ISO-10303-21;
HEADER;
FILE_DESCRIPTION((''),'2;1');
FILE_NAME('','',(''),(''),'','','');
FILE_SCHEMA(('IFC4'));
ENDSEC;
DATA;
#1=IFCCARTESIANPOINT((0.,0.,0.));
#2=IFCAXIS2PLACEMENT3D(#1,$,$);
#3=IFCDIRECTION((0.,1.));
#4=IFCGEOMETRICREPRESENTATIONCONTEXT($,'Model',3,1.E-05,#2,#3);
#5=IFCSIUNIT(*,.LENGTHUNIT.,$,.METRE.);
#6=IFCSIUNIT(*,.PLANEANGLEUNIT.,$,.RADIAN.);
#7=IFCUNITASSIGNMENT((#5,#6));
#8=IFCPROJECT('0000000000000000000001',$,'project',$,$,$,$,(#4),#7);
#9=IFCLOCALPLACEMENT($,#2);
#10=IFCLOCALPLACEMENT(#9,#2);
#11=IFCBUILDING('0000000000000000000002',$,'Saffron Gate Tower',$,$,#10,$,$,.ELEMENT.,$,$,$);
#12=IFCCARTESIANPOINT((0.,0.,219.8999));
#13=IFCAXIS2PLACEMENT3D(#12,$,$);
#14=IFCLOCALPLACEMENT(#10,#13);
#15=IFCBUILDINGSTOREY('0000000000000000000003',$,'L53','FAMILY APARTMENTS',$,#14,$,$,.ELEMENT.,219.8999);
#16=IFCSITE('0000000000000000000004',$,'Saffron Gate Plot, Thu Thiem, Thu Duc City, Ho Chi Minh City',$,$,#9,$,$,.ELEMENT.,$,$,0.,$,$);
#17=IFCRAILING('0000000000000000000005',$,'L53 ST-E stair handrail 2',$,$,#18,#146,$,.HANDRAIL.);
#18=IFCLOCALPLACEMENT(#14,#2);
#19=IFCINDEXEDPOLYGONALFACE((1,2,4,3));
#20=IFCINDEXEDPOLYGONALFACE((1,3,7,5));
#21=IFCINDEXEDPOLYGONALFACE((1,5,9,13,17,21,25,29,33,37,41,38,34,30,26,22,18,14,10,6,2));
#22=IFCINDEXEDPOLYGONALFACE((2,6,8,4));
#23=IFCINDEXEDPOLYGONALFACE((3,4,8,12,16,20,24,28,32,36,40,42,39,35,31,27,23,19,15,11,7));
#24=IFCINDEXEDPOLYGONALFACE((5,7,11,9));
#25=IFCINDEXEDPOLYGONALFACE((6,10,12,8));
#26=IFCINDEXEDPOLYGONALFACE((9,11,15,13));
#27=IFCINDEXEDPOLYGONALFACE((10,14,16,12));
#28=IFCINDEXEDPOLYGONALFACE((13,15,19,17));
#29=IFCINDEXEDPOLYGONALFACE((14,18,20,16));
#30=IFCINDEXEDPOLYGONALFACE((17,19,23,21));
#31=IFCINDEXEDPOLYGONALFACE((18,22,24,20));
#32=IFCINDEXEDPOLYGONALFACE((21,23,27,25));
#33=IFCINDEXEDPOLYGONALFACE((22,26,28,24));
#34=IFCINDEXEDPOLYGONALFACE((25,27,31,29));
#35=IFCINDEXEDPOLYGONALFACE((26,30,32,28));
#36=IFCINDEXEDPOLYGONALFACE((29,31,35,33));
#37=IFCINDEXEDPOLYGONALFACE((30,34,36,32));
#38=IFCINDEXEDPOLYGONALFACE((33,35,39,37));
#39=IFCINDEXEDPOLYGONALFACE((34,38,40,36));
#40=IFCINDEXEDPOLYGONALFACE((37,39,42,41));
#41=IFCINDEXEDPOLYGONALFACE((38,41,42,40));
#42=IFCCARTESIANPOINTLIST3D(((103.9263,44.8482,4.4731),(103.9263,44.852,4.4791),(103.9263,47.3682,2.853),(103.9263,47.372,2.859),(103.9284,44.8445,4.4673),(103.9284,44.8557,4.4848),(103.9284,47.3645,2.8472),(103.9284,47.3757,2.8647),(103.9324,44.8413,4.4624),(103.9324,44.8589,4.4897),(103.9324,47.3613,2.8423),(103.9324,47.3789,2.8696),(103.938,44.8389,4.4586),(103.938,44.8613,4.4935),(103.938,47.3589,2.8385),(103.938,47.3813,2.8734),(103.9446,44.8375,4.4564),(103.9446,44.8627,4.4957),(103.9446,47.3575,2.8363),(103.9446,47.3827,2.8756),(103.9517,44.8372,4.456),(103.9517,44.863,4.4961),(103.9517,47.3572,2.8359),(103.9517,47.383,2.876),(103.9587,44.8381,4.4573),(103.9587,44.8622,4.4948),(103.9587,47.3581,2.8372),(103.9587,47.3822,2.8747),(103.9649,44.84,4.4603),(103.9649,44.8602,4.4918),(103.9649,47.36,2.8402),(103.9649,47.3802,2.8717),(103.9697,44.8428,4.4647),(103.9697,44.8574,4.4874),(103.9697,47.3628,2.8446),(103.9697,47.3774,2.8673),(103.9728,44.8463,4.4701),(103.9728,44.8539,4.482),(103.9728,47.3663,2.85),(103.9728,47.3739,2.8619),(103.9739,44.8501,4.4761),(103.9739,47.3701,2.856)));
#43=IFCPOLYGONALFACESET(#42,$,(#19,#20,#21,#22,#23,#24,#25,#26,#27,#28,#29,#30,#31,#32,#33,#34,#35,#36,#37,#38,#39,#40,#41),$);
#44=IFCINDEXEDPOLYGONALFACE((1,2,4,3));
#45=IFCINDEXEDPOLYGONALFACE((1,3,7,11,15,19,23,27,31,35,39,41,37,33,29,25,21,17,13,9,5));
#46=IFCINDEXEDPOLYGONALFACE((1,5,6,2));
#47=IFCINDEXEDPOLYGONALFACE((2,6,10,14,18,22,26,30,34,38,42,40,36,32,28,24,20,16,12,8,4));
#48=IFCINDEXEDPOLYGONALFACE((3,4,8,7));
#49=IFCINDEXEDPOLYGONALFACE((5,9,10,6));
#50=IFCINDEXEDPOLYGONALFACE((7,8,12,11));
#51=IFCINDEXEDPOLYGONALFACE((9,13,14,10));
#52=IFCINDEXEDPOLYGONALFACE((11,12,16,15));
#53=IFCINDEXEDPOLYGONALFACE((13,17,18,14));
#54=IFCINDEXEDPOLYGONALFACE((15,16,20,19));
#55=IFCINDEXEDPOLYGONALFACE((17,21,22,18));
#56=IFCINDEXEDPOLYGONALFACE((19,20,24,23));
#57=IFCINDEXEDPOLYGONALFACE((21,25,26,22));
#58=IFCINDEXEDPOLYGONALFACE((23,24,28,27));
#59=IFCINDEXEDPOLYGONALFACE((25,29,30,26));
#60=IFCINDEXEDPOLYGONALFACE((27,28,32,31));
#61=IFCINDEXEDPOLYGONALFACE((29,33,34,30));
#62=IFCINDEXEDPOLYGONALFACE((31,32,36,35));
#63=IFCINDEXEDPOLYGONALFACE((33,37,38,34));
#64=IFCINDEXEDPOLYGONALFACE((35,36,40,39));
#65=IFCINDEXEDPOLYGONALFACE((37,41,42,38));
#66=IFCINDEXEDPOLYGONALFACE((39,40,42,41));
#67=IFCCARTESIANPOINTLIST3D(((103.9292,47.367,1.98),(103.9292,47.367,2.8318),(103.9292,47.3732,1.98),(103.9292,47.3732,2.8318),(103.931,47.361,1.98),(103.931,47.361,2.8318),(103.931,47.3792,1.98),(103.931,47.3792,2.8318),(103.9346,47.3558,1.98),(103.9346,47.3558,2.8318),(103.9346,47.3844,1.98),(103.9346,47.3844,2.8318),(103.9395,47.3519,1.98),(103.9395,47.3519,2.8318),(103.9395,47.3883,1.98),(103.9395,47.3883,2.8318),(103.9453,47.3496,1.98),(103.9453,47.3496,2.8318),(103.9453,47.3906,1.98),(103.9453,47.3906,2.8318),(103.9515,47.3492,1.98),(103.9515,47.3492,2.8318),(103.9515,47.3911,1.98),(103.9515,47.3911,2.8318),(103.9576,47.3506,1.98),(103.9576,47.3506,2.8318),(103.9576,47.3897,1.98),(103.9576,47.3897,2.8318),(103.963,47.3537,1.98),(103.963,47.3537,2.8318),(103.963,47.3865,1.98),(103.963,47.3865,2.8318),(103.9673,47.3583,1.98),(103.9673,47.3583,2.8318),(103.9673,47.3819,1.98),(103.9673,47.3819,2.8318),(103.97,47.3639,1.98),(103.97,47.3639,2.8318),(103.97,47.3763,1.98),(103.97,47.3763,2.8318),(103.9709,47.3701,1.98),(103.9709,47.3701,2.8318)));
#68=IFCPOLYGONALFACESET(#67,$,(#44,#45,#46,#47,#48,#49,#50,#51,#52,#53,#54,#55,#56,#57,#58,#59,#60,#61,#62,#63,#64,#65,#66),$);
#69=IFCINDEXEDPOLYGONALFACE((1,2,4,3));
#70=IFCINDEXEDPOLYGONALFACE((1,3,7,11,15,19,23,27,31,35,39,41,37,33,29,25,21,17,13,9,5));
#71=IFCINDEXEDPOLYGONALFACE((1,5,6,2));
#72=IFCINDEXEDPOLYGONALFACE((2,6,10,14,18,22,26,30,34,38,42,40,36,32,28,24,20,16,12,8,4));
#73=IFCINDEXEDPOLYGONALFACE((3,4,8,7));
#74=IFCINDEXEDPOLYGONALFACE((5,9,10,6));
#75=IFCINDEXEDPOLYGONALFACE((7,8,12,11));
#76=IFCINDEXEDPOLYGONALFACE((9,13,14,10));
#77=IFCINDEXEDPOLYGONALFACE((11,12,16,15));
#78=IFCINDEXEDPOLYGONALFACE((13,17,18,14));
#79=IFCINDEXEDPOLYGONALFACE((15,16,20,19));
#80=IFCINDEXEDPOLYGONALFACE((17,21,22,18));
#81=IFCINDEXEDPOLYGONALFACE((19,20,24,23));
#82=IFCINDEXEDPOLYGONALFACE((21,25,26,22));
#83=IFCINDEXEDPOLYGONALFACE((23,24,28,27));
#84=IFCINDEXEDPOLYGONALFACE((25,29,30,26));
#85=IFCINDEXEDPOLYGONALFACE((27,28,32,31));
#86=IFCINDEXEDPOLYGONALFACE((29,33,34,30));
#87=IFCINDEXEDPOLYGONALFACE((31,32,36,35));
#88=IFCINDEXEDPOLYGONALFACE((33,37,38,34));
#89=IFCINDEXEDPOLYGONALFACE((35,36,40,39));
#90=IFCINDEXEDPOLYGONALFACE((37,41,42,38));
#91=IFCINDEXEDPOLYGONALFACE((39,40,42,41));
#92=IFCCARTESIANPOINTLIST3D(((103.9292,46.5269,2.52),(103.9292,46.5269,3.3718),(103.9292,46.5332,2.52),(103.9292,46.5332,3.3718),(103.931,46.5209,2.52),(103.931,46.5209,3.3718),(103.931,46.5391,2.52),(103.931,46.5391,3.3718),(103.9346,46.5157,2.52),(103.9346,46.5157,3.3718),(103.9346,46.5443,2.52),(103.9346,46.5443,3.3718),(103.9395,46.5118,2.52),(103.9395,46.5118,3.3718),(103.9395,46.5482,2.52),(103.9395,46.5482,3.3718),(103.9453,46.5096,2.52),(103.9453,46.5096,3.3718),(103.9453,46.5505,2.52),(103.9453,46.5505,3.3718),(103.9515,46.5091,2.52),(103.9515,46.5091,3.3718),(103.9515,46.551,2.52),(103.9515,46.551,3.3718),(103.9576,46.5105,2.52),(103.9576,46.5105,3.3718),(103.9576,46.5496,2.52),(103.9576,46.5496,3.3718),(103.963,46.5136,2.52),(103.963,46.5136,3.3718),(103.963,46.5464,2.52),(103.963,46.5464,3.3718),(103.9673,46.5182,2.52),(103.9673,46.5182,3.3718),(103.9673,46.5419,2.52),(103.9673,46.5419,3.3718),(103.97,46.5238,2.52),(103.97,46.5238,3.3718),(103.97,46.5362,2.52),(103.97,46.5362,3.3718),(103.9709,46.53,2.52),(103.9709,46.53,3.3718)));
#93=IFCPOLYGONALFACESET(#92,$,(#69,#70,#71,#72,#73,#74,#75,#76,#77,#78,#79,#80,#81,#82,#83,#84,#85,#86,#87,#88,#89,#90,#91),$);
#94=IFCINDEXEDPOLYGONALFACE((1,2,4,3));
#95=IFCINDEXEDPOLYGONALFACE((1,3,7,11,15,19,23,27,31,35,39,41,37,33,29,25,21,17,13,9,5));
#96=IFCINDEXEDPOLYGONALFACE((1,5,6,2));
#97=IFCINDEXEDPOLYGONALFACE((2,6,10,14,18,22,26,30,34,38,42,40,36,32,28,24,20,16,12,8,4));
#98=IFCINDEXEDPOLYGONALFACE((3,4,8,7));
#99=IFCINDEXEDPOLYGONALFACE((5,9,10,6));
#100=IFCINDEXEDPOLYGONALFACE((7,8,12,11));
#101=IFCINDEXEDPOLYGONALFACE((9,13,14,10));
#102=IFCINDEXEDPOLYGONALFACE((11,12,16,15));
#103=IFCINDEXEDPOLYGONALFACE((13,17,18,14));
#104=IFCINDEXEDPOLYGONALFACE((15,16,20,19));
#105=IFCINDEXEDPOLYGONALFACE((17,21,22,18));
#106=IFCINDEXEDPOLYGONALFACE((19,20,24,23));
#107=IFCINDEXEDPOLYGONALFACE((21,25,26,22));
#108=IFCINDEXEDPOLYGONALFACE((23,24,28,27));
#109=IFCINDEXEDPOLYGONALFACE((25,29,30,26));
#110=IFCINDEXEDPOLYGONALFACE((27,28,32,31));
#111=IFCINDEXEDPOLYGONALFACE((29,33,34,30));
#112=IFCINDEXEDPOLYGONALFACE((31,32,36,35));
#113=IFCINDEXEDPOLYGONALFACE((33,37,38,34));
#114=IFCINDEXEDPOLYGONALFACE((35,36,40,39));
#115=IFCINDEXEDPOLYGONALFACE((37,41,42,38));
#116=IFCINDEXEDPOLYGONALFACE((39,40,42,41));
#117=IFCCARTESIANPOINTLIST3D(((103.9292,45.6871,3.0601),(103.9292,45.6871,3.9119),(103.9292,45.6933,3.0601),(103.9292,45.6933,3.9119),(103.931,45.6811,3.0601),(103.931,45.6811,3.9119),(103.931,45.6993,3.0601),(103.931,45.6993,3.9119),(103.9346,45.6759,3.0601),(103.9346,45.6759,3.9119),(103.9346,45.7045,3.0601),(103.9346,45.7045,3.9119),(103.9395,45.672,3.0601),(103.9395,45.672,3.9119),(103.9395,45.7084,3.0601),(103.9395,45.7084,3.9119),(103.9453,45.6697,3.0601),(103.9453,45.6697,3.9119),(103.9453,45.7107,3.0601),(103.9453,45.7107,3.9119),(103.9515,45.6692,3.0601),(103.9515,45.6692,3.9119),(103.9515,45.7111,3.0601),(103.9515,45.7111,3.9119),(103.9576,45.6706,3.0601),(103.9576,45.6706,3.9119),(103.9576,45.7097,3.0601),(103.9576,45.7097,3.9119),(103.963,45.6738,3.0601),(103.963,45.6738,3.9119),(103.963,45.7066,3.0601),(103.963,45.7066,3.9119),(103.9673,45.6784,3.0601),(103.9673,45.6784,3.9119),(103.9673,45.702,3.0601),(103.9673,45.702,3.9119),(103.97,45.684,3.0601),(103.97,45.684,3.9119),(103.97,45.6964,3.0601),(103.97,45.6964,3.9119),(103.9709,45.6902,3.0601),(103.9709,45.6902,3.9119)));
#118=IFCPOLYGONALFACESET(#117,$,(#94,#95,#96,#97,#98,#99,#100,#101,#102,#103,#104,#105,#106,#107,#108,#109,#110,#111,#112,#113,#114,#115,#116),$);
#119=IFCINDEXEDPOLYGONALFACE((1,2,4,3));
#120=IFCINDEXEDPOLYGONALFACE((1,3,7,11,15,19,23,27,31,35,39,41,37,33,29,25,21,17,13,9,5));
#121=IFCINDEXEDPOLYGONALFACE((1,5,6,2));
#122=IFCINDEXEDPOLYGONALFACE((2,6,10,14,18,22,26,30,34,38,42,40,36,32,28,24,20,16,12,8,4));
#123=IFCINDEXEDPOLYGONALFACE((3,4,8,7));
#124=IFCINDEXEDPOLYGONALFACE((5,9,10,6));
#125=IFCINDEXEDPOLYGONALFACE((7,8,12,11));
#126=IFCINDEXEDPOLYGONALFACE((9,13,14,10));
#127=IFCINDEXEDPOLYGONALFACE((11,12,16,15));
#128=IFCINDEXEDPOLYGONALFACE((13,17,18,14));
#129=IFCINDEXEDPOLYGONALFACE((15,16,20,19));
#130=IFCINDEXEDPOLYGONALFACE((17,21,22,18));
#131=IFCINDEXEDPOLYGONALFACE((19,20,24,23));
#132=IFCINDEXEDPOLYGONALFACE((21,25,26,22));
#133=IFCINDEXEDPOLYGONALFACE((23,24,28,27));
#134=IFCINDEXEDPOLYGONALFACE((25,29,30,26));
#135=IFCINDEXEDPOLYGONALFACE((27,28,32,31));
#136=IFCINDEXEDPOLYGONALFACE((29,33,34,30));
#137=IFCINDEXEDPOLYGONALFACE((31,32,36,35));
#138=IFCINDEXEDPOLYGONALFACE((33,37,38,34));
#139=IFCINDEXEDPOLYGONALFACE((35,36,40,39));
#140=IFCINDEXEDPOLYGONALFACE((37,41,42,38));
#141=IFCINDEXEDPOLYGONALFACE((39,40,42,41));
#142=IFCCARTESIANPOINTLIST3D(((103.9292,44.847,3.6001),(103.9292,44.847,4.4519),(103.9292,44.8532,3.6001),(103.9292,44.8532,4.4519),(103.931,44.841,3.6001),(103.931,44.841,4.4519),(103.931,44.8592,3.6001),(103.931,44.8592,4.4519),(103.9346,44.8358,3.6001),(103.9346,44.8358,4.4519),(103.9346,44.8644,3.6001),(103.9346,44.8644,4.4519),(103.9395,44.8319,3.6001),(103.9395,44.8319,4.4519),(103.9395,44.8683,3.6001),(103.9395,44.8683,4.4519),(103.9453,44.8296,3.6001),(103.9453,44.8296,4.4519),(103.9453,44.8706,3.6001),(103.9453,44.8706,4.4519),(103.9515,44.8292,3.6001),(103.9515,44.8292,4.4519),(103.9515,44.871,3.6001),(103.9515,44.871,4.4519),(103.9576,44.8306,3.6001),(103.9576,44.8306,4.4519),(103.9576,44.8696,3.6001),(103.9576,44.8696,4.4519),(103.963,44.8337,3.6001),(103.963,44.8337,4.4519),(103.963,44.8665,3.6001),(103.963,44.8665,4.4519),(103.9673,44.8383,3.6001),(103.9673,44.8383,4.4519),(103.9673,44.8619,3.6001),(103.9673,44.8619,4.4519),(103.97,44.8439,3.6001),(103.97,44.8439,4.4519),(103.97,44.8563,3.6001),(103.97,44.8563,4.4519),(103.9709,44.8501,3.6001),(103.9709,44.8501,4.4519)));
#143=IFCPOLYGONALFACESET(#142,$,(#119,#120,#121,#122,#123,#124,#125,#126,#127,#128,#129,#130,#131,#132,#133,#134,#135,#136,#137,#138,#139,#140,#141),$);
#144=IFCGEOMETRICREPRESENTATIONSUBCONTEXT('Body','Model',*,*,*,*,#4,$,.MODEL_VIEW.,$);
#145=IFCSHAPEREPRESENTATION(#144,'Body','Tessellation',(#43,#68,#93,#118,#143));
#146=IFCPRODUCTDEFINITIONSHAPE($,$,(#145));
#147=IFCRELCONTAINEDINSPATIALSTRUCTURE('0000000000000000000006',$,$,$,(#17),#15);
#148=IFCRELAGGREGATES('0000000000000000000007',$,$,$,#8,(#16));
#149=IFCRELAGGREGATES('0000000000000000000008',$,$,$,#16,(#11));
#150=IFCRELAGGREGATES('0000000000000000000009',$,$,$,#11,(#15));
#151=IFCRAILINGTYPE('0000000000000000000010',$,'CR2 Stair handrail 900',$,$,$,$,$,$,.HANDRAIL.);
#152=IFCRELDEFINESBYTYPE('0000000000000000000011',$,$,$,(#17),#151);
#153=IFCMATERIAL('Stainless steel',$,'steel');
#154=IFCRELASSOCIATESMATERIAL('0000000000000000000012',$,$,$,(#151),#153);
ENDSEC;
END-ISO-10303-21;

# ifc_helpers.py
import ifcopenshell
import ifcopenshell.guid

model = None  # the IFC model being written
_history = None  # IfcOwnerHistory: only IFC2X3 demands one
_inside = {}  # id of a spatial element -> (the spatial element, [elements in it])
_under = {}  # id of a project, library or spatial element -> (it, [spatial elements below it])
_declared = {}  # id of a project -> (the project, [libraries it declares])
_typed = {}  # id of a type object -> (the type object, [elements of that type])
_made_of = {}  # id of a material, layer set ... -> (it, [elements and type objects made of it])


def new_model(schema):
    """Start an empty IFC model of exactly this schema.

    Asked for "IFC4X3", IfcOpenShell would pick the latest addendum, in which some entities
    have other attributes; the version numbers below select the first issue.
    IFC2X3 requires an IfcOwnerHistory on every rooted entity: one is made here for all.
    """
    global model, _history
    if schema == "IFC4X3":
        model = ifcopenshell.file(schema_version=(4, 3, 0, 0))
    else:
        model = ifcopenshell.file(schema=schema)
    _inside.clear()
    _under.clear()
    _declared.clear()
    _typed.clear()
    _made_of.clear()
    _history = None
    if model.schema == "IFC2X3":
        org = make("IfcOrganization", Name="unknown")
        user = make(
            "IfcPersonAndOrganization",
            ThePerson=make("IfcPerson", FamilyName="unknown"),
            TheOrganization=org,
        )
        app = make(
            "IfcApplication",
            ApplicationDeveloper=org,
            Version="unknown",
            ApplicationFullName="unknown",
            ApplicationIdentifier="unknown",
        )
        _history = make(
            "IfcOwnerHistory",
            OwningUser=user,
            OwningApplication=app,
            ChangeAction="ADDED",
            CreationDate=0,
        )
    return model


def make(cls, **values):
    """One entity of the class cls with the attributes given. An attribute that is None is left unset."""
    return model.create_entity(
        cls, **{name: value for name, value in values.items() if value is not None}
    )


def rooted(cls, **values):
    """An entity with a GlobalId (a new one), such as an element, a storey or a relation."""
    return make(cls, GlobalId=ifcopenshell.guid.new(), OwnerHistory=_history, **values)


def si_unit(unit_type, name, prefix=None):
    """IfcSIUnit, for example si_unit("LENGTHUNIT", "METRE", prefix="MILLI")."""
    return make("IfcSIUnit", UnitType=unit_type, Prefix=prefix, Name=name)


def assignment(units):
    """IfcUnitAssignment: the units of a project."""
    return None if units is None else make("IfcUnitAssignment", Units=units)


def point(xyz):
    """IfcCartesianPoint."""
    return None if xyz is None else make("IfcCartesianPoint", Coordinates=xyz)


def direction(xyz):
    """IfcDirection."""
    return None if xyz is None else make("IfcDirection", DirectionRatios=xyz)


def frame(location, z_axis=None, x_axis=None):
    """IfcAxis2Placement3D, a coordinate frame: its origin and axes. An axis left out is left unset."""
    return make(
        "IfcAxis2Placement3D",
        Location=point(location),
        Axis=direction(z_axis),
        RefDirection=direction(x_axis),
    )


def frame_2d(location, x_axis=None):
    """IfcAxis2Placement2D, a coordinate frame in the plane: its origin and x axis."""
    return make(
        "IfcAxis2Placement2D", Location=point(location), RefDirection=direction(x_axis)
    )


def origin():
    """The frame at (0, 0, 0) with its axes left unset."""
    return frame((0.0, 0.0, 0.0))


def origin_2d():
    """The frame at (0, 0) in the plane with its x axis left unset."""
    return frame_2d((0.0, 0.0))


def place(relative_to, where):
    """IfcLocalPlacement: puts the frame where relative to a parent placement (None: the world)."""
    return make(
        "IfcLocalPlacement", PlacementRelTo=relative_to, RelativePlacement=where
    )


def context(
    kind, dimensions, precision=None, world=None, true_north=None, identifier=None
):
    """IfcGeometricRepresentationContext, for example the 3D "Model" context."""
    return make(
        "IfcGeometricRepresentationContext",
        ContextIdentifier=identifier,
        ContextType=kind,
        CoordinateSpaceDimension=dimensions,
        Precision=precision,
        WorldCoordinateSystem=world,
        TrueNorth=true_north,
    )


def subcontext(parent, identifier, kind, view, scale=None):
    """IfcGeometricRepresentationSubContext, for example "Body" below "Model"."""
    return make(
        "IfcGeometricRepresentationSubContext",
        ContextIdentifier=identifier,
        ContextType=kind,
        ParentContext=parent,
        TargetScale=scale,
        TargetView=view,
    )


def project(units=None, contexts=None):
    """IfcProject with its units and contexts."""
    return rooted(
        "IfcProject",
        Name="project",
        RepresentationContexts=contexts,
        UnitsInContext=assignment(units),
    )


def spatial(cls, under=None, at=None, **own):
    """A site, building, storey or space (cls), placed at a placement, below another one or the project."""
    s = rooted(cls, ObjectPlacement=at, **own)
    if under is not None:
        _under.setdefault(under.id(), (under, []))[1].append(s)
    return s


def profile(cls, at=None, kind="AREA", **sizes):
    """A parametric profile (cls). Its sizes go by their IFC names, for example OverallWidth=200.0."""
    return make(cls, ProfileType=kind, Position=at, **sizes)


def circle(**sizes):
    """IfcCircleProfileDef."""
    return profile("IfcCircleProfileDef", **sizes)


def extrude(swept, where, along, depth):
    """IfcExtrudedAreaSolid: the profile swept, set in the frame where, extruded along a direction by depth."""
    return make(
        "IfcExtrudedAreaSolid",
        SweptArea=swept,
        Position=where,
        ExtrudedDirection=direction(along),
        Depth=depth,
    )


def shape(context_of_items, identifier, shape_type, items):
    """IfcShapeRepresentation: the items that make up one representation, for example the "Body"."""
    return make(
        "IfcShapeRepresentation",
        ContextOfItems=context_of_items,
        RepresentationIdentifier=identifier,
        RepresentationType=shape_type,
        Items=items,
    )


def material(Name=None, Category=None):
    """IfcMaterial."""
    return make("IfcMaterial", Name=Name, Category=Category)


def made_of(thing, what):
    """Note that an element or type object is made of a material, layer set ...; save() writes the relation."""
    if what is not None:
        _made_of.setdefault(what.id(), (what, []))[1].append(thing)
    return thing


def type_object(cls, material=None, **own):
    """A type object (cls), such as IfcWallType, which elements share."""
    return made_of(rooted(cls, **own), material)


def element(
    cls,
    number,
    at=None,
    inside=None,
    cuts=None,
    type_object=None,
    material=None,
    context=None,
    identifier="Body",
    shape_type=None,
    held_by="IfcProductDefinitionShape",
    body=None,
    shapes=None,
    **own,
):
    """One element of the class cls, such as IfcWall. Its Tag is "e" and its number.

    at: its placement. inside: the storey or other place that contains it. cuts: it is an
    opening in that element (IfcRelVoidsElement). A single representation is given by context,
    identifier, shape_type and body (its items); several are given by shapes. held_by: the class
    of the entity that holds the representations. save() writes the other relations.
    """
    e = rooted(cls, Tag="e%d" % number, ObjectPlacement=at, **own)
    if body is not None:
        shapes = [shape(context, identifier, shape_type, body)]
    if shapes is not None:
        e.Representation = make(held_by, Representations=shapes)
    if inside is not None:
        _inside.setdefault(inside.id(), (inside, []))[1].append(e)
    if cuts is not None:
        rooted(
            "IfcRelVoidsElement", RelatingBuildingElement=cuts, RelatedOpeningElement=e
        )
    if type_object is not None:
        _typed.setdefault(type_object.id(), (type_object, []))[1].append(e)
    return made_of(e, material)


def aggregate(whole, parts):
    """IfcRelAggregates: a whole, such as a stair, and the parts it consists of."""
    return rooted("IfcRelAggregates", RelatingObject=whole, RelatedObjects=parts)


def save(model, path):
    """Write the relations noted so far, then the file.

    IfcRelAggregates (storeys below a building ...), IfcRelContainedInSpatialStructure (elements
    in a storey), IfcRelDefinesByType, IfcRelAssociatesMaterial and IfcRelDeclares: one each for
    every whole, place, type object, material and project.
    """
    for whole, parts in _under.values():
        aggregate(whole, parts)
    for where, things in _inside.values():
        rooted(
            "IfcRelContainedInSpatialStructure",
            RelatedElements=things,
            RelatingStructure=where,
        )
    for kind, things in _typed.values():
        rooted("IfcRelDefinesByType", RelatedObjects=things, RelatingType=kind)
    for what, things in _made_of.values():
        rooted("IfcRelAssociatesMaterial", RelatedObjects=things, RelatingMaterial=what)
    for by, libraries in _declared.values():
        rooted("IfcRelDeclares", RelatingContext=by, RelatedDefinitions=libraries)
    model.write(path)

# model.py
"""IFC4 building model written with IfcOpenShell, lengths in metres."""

from ifc_helpers import new_model, si_unit, direction, frame, origin, origin_2d, place, context, subcontext, project, spatial, circle, extrude, material, type_object, element, save


model = new_model("IFC4")

# Units and contexts
model_context = context("Model", 3, precision=1e-05, world=origin(), true_north=direction((0.0, 1.0)))
body_context = subcontext(model_context, "Body", "Model", "MODEL_VIEW")
ifc_project = project(units=[si_unit("LENGTHUNIT", "METRE"), si_unit("PLANEANGLEUNIT", "RADIAN")], contexts=[model_context])

# Site, building, storey
site_placement = place(None, origin())
site = spatial("IfcSite", under=ifc_project, at=site_placement, Name="Saffron Gate Plot, Thu Thiem, Thu Duc City, Ho Chi Minh City", CompositionType="ELEMENT", RefElevation=0.0)
building_placement = place(site_placement, origin())
building = spatial("IfcBuilding", under=site, at=building_placement, Name="Saffron Gate Tower", CompositionType="ELEMENT")
storey_placement = place(building_placement, frame((0.0, 0.0, 219.8999)))
storey = spatial("IfcBuildingStorey", under=building, at=storey_placement, Name="L53", Description="FAMILY APARTMENTS", CompositionType="ELEMENT", Elevation=219.8999)

# Railing
ifc_material_1 = material(Name="Stainless steel", Category="steel")
railing_type_1 = type_object("IfcRailingType", Name="CR2 Stair handrail 900", PredefinedType="HANDRAIL", material=ifc_material_1)
railing_1_placement = place(storey_placement, frame((103.95, 47.3701, 1.98)))
element("IfcRailing", 1, at=railing_1_placement, inside=storey, type_object=railing_type_1, Name="L53 ST-E stair handrail 2", PredefinedType="HANDRAIL", context=body_context, shape_type="SweptSolid", body=[
    extrude(circle(Radius=0.0239, at=origin_2d()), frame((0.0, 0.0, 0.876), z_axis=(0.0, -0.841163, 0.540782), x_axis=(1.0, 0.0, 0.0)), (0.0, 0.0, 1.0), 2.9958),
    extrude(circle(Radius=0.021, at=origin_2d()), origin(), (0.0, 0.0, 1.0), 0.8518),
    extrude(circle(Radius=0.021, at=origin_2d()), frame((0.0, -0.8401, 0.54)), (0.0, 0.0, 1.0), 0.8518),
    extrude(circle(Radius=0.021, at=origin_2d()), frame((0.0, -1.6799, 1.0801)), (0.0, 0.0, 1.0), 0.8518),
    extrude(circle(Radius=0.021, at=origin_2d()), frame((0.0, -2.52, 1.6201)), (0.0, 0.0, 1.0), 0.8518),
])

save(model, "model.ifc")
